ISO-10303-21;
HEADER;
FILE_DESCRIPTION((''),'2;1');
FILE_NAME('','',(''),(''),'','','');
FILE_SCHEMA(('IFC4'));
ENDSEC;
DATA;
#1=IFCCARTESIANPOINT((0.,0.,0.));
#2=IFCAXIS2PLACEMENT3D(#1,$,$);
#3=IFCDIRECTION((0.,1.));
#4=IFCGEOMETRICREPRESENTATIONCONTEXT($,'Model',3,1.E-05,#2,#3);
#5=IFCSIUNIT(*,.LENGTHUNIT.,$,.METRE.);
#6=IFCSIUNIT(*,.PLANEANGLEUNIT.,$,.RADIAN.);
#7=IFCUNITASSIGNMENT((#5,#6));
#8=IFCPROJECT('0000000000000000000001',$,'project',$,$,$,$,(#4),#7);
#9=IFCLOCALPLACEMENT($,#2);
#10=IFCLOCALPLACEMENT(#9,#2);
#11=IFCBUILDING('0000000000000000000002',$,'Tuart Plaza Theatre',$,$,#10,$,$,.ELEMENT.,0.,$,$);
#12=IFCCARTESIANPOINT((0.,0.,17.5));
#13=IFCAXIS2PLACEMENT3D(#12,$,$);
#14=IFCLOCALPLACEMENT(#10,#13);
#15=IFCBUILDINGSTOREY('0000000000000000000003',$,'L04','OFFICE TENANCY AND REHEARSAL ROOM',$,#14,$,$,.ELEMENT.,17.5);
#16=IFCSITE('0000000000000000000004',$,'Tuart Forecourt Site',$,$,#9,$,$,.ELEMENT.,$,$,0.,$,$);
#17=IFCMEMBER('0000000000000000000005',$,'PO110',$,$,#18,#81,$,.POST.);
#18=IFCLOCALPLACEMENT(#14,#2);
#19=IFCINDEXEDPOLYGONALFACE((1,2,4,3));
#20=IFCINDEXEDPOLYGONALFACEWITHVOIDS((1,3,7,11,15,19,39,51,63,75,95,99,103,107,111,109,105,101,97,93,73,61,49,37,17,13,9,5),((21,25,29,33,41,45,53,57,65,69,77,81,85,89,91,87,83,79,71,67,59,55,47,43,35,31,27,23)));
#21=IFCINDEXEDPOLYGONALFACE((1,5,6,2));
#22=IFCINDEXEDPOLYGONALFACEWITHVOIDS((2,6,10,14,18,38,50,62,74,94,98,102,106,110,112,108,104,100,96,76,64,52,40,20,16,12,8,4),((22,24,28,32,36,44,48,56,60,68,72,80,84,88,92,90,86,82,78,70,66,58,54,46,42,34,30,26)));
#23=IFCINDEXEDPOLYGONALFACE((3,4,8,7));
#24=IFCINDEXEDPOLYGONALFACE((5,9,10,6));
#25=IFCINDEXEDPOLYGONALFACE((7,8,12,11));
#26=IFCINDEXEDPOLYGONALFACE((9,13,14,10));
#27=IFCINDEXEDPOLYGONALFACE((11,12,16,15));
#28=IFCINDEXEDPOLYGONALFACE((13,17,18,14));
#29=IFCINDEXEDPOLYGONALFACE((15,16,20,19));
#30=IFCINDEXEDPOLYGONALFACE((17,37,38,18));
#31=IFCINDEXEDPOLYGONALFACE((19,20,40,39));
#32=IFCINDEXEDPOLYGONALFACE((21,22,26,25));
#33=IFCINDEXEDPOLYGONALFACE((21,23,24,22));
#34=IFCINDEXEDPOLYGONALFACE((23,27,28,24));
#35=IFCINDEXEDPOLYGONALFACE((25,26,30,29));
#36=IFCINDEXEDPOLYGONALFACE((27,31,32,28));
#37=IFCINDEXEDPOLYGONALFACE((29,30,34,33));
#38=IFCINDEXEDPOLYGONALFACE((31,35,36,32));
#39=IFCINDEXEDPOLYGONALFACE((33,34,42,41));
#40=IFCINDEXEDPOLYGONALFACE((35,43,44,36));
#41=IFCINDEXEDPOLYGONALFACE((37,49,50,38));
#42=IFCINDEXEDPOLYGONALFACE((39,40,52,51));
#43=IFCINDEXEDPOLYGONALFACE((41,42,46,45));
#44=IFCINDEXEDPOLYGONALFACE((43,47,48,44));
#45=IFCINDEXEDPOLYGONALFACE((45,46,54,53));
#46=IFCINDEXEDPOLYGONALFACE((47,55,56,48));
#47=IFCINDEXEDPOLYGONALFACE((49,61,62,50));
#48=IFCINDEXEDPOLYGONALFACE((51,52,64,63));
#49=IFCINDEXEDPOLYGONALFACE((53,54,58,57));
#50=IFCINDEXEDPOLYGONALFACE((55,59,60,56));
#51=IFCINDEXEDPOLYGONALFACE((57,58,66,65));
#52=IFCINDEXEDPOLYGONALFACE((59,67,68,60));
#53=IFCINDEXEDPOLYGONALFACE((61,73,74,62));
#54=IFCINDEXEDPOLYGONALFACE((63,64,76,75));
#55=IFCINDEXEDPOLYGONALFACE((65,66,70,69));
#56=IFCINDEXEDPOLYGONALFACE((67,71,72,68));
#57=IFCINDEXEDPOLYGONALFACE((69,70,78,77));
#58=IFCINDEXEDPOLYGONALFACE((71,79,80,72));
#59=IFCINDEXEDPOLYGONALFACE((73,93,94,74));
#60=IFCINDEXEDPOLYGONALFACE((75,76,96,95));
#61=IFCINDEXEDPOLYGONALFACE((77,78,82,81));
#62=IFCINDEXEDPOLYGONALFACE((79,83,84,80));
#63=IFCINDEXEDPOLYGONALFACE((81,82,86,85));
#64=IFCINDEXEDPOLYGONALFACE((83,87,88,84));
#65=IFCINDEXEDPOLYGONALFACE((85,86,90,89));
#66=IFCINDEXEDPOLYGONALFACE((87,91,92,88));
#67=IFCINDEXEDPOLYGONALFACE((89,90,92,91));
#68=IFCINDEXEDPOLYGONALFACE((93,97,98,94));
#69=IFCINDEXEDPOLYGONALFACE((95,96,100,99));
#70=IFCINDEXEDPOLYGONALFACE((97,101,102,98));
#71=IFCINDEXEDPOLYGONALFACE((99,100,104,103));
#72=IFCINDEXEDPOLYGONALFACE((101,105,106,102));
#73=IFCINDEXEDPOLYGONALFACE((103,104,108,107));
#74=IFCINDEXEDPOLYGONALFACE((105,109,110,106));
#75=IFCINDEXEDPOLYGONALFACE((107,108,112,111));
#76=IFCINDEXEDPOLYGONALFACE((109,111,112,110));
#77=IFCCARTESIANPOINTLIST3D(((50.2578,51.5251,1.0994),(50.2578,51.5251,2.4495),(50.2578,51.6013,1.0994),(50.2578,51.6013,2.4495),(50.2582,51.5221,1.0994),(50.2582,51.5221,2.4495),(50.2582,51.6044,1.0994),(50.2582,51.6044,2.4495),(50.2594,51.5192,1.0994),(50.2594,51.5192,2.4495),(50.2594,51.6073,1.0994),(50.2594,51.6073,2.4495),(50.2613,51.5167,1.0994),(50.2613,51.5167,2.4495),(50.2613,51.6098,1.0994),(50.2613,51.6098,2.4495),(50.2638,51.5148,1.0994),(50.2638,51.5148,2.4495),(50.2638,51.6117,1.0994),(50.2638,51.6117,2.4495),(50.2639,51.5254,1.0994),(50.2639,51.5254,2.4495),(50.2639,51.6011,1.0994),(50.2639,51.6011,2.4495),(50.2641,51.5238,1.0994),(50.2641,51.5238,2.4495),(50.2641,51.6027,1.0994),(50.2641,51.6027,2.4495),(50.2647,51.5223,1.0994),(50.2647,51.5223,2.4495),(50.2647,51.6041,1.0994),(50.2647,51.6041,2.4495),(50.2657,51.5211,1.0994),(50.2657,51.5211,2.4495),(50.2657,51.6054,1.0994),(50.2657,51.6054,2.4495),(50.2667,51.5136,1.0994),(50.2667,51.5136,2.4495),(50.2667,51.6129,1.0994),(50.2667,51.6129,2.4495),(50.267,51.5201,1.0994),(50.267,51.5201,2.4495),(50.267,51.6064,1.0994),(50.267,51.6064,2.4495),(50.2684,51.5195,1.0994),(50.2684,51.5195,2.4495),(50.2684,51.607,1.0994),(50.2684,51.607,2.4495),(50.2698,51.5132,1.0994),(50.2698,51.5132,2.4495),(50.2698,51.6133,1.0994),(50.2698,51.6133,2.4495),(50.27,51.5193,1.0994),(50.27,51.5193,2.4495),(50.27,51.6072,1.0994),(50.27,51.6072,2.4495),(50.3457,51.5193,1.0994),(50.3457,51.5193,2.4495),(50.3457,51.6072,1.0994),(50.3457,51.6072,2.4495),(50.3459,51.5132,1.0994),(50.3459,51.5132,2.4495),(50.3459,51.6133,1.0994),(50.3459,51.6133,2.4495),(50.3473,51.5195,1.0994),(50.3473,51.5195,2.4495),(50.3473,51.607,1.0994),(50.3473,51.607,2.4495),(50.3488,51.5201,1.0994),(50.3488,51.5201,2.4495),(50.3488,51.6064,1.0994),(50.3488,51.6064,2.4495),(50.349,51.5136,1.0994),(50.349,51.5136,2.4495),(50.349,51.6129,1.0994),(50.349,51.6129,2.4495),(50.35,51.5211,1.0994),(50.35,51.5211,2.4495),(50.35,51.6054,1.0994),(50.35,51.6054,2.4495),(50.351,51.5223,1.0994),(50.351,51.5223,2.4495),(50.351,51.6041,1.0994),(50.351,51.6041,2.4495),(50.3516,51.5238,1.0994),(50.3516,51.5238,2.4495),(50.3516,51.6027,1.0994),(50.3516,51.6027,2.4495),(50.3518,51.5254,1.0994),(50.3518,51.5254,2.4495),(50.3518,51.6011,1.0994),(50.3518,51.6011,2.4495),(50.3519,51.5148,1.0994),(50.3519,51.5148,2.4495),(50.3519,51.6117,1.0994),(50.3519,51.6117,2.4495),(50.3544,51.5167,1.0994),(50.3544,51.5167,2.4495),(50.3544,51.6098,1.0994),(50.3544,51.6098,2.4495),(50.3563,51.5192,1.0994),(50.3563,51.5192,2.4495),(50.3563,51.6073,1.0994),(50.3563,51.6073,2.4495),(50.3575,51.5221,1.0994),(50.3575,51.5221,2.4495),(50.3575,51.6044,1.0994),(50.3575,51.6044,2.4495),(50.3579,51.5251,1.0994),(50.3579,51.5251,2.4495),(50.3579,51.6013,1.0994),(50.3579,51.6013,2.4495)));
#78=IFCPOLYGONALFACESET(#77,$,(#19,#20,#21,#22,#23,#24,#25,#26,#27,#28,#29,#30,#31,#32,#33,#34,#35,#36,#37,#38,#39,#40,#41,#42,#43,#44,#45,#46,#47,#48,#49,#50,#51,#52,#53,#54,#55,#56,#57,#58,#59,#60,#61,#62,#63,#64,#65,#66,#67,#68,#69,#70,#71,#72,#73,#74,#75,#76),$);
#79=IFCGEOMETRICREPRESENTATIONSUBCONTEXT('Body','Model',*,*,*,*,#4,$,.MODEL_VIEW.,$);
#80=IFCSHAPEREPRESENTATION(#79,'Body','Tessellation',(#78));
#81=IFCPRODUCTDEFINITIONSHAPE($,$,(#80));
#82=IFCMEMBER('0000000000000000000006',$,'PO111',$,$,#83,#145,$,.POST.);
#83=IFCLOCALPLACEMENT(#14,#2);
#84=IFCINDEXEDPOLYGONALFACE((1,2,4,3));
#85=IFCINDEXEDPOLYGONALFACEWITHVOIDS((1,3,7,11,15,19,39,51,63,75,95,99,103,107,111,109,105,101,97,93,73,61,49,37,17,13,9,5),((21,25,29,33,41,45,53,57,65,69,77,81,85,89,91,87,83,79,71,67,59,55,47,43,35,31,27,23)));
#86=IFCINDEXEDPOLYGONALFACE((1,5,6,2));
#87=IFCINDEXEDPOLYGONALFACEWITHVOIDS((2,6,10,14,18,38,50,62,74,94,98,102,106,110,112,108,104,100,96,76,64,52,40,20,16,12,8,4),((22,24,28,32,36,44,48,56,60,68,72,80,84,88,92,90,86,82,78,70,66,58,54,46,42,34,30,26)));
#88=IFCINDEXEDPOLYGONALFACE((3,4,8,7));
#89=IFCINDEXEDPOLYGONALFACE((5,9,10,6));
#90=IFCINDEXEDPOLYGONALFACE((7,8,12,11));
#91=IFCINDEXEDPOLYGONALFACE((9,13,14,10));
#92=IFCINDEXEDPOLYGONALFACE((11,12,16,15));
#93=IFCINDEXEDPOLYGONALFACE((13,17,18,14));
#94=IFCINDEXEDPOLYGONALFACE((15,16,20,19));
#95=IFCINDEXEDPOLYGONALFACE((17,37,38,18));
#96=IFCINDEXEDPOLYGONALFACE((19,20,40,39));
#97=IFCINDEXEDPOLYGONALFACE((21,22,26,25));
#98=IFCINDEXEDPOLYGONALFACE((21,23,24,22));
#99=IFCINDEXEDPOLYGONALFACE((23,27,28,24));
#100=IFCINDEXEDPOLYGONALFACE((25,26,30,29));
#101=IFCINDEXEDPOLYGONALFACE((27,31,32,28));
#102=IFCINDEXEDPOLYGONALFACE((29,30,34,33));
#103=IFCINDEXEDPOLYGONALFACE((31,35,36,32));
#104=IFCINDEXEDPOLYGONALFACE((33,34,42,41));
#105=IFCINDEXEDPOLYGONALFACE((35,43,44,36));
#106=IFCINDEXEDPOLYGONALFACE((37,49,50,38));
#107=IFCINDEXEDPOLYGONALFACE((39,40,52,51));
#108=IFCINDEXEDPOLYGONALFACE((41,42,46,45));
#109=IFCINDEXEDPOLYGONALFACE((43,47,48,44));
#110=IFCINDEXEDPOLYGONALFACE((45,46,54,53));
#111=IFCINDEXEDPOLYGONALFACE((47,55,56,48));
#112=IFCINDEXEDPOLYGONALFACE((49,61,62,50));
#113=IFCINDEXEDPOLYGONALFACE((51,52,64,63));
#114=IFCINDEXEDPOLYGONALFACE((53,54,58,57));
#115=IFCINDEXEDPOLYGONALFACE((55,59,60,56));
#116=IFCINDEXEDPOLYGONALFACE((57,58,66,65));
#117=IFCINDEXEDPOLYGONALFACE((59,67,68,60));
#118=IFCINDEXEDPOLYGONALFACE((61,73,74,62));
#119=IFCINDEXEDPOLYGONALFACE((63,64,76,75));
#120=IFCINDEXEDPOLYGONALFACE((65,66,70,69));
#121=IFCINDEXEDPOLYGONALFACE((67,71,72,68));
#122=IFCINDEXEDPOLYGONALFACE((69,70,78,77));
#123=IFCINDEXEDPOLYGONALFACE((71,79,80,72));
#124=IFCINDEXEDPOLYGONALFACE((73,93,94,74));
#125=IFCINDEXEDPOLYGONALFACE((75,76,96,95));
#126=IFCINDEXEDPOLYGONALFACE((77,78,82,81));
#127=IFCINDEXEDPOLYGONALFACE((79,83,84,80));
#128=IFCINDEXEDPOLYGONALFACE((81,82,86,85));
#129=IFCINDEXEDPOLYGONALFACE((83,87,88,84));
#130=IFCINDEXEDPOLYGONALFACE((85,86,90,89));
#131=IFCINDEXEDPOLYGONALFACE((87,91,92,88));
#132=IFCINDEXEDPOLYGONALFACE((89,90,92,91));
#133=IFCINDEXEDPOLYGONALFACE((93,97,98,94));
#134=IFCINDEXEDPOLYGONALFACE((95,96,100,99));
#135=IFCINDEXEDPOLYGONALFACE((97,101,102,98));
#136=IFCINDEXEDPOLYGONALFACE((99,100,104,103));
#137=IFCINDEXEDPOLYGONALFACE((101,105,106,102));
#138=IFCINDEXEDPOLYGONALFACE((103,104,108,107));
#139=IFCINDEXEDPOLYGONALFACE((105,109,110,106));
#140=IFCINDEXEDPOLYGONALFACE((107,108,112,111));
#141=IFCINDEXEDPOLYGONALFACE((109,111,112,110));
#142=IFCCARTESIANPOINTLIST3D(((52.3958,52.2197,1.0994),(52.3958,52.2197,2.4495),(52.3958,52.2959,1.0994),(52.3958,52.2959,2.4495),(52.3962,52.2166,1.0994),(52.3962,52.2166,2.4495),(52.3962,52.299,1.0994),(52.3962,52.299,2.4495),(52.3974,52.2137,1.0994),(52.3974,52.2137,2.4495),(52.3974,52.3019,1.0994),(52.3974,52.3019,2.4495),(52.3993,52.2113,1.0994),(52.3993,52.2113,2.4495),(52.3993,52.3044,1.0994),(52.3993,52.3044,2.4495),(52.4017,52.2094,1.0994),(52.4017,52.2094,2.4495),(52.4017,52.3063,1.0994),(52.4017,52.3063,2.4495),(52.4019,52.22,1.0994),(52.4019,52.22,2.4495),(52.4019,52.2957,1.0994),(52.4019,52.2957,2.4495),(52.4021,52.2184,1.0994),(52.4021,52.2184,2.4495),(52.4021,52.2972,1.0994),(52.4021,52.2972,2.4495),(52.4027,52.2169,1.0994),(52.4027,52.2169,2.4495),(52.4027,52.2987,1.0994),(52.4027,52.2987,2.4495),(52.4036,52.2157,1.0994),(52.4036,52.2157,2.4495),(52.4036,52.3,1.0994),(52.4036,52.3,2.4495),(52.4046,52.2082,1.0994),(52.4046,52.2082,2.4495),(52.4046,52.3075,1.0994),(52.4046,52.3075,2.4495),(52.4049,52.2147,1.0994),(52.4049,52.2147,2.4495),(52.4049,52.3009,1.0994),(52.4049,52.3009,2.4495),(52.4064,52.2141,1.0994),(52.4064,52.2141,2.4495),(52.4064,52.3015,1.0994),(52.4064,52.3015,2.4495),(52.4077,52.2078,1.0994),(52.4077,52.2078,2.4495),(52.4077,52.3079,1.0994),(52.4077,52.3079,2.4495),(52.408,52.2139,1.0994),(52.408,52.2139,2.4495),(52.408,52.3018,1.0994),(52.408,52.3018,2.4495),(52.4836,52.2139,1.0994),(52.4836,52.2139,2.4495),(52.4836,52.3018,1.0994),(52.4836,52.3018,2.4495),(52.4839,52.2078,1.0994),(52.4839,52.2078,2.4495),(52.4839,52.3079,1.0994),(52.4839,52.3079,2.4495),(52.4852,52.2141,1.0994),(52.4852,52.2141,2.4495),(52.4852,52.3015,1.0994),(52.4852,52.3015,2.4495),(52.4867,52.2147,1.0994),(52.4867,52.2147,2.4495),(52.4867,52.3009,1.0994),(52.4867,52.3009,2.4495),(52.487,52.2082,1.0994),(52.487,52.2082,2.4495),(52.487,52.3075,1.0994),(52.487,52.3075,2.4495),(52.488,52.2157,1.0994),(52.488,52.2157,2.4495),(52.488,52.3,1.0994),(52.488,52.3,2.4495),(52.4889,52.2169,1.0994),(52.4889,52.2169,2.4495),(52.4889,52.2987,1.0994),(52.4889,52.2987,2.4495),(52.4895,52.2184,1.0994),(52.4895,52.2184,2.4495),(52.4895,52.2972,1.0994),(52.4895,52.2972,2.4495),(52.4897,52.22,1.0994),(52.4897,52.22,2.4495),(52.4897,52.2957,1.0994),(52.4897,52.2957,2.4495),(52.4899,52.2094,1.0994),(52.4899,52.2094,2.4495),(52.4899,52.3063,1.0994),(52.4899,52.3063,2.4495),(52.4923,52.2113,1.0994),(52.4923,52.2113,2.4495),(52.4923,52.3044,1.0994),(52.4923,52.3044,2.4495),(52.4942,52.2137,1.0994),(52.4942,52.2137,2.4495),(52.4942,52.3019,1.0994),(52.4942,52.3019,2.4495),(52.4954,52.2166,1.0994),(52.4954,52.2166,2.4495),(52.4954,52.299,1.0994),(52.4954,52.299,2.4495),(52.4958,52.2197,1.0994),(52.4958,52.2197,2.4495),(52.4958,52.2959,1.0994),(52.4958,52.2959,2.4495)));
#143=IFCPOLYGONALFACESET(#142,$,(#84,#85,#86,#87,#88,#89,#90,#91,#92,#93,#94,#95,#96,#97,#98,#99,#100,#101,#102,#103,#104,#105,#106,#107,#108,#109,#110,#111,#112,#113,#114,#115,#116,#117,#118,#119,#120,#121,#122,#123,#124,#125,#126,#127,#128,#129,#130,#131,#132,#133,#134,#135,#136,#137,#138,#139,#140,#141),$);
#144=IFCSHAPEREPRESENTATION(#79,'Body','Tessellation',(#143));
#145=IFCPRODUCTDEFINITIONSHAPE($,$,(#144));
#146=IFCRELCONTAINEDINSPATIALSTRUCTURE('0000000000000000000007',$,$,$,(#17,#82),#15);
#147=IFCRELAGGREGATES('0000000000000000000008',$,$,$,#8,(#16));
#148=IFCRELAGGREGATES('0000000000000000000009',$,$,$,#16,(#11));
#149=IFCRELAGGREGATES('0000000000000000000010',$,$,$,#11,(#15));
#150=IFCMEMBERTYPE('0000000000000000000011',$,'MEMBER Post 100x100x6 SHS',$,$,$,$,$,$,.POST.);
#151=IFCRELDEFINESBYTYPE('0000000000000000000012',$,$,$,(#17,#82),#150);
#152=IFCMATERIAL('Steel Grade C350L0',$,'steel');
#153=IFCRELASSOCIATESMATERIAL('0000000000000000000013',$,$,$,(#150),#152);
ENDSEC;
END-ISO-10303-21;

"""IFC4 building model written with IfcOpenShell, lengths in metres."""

from ifc_helpers import new_model, si_unit, direction, frame, origin, origin_2d, place, context, subcontext, project, spatial, hollow_rectangle, extrude, material, material_profile, profile_set, type_object, element, save


model = new_model("IFC4")

# Units and contexts
model_context = context("Model", 3, precision=1e-05, world=origin(), true_north=direction((0.0, 1.0)))
body_context = subcontext(model_context, "Body", "Model", "MODEL_VIEW")
ifc_project = project(units=[si_unit("LENGTHUNIT", "METRE"), si_unit("PLANEANGLEUNIT", "RADIAN")], contexts=[model_context])

# Site, building, storey
site_placement = place(None, origin())
site = spatial("IfcSite", under=ifc_project, at=site_placement, Name="Tuart Forecourt Site", CompositionType="ELEMENT", RefElevation=0.0)
building_placement = place(site_placement, origin())
building = spatial("IfcBuilding", under=site, at=building_placement, Name="Tuart Plaza Theatre", CompositionType="ELEMENT", ElevationOfRefHeight=0.0)
storey_placement = place(building_placement, frame((0.0, 0.0, 17.5)))
storey = spatial("IfcBuildingStorey", under=building, at=storey_placement, Name="L04", Description="OFFICE TENANCY AND REHEARSAL ROOM", CompositionType="ELEMENT", Elevation=17.5)

# Members
ifc_material_1 = material(Name="Steel Grade C350L0", Category="steel")
ifc_material_profile_1 = material_profile(ifc_material_1, hollow_rectangle(XDim=0.1001, YDim=0.1001, WallThickness=0.0061, InnerFilletRadius=0.0061, OuterFilletRadius=0.012, at=origin_2d()), Name="100x100x6 SHS")
ifc_profile_set_1 = profile_set([ifc_material_profile_1], Name="Steel Grade C350L0")
member_type_1 = type_object("IfcMemberType", Name="MEMBER Post 100x100x6 SHS", PredefinedType="POST", material=ifc_profile_set_1)
for number, where, z_axis, x_axis, name in (
    (1, (50.3079, 51.5632, 1.0994), (0.0, 0.0, 1.0), (1.0, 0.0, 0.0), "PO110"),
    (2, (52.4458, 52.2578, 1.0994), (0.0, 0.0, 1.0), (1.0, 0.0, 0.0), "PO111"),
):
    element("IfcMember", number, at=place(storey_placement, frame(where, z_axis=z_axis, x_axis=x_axis)), inside=storey, type_object=member_type_1, Name=name, PredefinedType="POST", context=body_context, shape_type="SweptSolid", body=[
        extrude(hollow_rectangle(XDim=0.1001, YDim=0.1001, WallThickness=0.0061, InnerFilletRadius=0.0061, OuterFilletRadius=0.012, at=origin_2d()), origin(), (0.0, 0.0, 1.0), 1.3501),
    ])

save(model, "model.ifc")
